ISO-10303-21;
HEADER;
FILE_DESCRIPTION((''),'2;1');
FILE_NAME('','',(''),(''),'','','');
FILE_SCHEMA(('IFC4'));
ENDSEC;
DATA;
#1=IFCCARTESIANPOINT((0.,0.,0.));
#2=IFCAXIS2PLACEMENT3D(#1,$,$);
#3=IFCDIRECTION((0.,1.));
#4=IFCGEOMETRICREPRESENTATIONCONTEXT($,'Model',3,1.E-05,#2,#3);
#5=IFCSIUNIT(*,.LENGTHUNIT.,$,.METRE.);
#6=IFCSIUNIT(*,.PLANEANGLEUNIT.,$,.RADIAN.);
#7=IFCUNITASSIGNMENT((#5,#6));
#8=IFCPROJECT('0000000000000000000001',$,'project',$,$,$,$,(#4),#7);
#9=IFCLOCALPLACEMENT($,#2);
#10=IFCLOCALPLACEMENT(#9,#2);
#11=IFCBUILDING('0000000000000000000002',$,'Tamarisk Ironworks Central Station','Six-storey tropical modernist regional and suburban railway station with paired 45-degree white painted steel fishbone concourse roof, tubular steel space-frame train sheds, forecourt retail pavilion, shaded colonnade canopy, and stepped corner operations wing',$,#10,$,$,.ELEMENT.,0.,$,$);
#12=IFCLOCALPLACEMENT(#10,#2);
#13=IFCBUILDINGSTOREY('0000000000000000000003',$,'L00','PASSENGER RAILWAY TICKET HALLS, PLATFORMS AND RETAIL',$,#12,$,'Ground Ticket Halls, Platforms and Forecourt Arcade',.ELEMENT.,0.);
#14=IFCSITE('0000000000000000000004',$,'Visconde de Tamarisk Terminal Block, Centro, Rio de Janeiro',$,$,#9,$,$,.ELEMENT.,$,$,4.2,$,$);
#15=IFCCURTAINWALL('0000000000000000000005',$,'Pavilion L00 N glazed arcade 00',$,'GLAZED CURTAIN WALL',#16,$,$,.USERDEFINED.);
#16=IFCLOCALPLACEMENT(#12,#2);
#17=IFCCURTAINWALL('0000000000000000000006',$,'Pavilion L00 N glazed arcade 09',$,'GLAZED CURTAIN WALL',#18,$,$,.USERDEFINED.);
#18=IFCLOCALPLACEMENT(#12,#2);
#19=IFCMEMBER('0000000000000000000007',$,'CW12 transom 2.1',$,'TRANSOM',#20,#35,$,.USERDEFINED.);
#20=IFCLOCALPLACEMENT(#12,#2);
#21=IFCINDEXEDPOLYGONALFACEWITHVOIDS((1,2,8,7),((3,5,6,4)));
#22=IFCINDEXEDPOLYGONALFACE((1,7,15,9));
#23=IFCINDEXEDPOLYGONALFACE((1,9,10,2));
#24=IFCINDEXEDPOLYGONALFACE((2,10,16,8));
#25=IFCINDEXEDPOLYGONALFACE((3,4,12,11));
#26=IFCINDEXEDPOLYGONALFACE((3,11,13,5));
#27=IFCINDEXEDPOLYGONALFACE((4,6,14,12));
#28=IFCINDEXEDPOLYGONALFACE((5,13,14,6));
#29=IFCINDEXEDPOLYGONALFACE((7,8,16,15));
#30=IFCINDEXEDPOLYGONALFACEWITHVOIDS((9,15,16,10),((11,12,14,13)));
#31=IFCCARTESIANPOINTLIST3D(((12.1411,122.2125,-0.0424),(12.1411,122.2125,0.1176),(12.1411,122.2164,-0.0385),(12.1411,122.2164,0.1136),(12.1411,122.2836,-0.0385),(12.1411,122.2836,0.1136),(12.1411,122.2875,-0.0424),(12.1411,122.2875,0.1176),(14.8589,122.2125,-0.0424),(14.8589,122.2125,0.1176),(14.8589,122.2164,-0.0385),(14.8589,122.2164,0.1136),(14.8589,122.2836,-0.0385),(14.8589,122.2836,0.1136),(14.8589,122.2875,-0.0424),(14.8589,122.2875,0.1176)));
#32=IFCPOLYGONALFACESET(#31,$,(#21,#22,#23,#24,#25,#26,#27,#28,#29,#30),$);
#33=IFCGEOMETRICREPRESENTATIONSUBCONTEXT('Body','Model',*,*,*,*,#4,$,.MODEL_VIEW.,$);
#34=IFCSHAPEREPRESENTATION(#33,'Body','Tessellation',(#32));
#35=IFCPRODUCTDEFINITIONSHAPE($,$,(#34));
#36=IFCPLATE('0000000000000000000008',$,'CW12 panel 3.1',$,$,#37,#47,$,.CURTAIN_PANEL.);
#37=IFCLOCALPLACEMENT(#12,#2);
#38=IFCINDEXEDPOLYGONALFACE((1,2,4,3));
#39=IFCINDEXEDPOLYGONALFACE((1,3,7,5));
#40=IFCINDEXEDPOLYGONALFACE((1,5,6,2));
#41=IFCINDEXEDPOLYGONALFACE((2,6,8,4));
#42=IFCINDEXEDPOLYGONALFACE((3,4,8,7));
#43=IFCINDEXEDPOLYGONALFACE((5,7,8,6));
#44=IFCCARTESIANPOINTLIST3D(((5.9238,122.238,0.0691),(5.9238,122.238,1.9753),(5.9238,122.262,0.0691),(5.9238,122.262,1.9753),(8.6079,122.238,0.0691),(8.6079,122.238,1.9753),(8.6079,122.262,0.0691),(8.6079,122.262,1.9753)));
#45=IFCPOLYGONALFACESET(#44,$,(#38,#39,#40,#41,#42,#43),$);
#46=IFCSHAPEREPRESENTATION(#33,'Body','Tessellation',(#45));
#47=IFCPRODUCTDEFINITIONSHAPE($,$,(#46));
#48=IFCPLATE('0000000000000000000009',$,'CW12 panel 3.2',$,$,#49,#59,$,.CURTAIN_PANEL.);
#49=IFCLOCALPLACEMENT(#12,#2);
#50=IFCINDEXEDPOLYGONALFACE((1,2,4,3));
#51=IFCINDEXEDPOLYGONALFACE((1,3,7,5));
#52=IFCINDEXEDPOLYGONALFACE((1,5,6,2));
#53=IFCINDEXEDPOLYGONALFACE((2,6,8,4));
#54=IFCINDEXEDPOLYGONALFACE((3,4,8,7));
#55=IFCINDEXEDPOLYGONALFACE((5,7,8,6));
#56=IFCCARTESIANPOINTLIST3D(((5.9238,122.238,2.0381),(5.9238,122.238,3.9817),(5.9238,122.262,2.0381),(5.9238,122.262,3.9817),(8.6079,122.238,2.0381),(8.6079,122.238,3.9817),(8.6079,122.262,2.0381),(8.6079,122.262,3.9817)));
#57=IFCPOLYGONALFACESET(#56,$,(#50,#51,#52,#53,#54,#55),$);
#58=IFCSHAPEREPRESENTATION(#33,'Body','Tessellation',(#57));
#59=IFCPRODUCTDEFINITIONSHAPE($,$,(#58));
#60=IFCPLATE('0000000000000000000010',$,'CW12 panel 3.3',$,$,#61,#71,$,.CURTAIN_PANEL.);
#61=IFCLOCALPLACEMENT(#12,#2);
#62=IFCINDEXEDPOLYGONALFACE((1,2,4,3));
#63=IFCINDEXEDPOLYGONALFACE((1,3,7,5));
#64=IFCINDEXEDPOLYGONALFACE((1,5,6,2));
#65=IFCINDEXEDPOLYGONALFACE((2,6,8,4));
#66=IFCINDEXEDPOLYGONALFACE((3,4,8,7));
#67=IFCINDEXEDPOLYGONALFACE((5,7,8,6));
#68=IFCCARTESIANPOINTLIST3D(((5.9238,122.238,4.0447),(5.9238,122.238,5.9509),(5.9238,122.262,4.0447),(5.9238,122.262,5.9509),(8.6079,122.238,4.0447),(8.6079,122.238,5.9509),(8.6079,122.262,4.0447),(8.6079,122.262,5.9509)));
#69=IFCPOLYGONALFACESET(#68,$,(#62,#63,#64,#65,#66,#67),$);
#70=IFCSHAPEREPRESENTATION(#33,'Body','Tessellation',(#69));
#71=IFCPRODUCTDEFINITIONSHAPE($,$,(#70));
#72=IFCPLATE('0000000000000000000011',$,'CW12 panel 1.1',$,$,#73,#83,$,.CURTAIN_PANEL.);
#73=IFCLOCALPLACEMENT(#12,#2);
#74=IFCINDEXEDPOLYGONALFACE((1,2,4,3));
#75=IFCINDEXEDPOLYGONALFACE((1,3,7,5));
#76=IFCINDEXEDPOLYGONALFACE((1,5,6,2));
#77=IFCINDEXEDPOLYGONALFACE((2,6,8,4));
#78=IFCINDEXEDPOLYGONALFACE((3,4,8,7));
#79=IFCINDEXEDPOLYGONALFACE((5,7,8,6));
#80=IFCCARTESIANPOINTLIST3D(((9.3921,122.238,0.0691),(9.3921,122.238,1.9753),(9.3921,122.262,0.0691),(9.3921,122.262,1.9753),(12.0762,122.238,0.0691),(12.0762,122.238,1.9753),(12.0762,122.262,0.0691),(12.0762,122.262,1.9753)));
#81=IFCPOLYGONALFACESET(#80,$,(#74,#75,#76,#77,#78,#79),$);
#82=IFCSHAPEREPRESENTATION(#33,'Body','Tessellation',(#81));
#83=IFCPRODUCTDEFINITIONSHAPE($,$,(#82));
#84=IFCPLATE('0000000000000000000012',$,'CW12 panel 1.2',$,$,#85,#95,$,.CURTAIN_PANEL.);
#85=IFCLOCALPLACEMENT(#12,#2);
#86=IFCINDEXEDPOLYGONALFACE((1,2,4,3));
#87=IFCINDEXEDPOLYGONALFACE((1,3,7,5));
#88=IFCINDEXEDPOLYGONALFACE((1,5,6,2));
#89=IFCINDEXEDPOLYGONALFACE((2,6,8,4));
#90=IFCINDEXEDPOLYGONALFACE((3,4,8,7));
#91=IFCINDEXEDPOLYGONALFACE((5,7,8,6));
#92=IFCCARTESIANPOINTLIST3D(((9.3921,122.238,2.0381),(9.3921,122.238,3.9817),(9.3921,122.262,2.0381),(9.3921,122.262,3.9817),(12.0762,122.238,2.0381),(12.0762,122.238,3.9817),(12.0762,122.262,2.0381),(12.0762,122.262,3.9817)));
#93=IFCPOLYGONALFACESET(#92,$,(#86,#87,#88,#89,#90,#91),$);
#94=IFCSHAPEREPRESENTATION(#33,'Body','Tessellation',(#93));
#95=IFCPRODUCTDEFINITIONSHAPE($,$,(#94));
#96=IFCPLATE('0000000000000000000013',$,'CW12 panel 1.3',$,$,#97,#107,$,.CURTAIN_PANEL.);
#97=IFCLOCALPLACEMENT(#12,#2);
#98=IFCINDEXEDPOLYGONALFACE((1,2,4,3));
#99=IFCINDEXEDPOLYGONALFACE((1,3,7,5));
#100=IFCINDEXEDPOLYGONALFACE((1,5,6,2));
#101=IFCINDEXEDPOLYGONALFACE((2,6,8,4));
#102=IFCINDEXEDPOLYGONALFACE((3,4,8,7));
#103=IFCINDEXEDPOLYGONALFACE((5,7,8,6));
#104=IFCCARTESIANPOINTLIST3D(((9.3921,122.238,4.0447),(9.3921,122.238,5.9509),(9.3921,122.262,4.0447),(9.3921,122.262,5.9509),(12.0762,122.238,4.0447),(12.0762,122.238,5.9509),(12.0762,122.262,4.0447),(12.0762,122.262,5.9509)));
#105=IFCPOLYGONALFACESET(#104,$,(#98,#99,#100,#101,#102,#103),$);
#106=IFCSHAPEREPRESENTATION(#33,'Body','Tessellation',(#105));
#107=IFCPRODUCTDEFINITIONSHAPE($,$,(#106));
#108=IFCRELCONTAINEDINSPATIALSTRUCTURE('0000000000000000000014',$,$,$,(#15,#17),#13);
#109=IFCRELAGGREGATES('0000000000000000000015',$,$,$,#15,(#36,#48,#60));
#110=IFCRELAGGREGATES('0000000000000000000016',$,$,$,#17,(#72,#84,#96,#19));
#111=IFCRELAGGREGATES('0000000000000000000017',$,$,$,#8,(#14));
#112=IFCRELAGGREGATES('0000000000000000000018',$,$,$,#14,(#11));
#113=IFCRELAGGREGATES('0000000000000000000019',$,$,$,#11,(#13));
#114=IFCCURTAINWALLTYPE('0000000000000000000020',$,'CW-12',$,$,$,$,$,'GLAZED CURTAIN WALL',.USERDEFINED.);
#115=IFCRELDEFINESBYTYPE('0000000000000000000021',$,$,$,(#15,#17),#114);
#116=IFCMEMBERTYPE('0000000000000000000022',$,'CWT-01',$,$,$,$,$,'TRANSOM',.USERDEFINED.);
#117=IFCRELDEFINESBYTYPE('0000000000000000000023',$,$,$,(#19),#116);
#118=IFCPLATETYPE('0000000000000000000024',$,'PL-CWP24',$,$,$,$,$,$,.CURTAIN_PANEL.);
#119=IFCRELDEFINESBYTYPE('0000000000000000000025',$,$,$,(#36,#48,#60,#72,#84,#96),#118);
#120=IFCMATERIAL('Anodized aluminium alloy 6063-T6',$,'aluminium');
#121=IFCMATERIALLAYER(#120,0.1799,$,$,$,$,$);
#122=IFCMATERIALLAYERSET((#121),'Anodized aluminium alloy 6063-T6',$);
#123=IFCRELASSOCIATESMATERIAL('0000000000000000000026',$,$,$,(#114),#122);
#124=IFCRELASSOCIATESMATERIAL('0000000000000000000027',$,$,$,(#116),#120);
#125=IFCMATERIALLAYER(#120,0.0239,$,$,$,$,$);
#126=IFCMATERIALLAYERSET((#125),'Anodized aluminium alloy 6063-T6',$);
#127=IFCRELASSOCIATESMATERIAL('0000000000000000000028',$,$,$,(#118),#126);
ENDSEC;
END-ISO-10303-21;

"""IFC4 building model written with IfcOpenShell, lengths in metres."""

from ifc_helpers import new_model, si_unit, direction, frame, origin, origin_2d, place, context, subcontext, project, spatial, rectangle, hollow_rectangle, extrude, material, layer, layer_set, material_profile, profile_set, type_object, element, aggregate, save


model = new_model("IFC4")

# Units and contexts
model_context = context("Model", 3, precision=1e-05, world=origin(), true_north=direction((0.0, 1.0)))
body_context = subcontext(model_context, "Body", "Model", "MODEL_VIEW")
ifc_project = project(units=[si_unit("LENGTHUNIT", "METRE"), si_unit("PLANEANGLEUNIT", "RADIAN")], contexts=[model_context])

# Site, building, storey
site_placement = place(None, origin())
site = spatial("IfcSite", under=ifc_project, at=site_placement, Name="Visconde de Tamarisk Terminal Block, Centro, Rio de Janeiro", CompositionType="ELEMENT", RefElevation=4.2)
building_placement = place(site_placement, origin())
building = spatial("IfcBuilding", under=site, at=building_placement, Name="Tamarisk Ironworks Central Station", Description="Six-storey tropical modernist regional and suburban railway station with paired 45-degree white painted steel fishbone concourse roof, tubular steel space-frame train sheds, forecourt retail pavilion, shaded colonnade canopy, and stepped corner operations wing", CompositionType="ELEMENT", ElevationOfRefHeight=0.0)
storey_placement = place(building_placement, origin())
storey = spatial("IfcBuildingStorey", under=building, at=storey_placement, Name="L00", Description="PASSENGER RAILWAY TICKET HALLS, PLATFORMS AND RETAIL", LongName="Ground Ticket Halls, Platforms and Forecourt Arcade", CompositionType="ELEMENT", Elevation=0.0)

# Curtain wall
ifc_material_1 = material(Name="Anodized aluminium alloy 6063-T6", Category="aluminium")
ifc_layer_1 = layer(ifc_material_1, 0.1799)
ifc_layer_set_1 = layer_set([ifc_layer_1], Name="Anodized aluminium alloy 6063-T6")
curtain_wall_type = type_object("IfcCurtainWallType", Name="CW-12", ElementType="GLAZED CURTAIN WALL", PredefinedType="USERDEFINED", material=ifc_layer_set_1)
curtain_wall_1_placement = place(storey_placement, origin())
curtain_wall_1 = element("IfcCurtainWall", 1, at=curtain_wall_1_placement, inside=storey, type_object=curtain_wall_type, Name="Pavilion L00 N glazed arcade 00", ObjectType="GLAZED CURTAIN WALL", PredefinedType="USERDEFINED")

# Curtain wall, member
curtain_wall_2_placement = place(storey_placement, origin())
curtain_wall_2 = element("IfcCurtainWall", 2, at=curtain_wall_2_placement, inside=storey, type_object=curtain_wall_type, Name="Pavilion L00 N glazed arcade 09", ObjectType="GLAZED CURTAIN WALL", PredefinedType="USERDEFINED")
ifc_material_profile_1 = material_profile(ifc_material_1, hollow_rectangle(XDim=0.075, YDim=0.1599, WallThickness=0.0039, at=origin_2d()), Name="ALUM 160x75")
ifc_profile_set_1 = profile_set([ifc_material_profile_1], Name="Anodized aluminium alloy 6063-T6")
member_type_1 = type_object("IfcMemberType", Name="CWT-01", ElementType="TRANSOM", PredefinedType="USERDEFINED", material=ifc_profile_set_1)
member_1_placement = place(storey_placement, frame((12.1411, 122.25, 0.0376), z_axis=(1.0, 0.0, 0.0), x_axis=(0.0, 1.0, 0.0)))
member_1 = element("IfcMember", 3, at=member_1_placement, type_object=member_type_1, Name="CW12 transom 2.1", ObjectType="TRANSOM", PredefinedType="USERDEFINED", context=body_context, shape_type="SweptSolid", body=[
    extrude(hollow_rectangle(XDim=0.075, YDim=0.1599, WallThickness=0.0039, at=origin_2d()), origin(), (0.0, 0.0, 1.0), 2.7178),
])

# Plates
ifc_layer_2 = layer(ifc_material_1, 0.0239)
ifc_layer_set_2 = layer_set([ifc_layer_2], Name="Anodized aluminium alloy 6063-T6")
plate_type = type_object("IfcPlateType", Name="PL-CWP24", PredefinedType="CURTAIN_PANEL", material=ifc_layer_set_2)
plate_1_placement = place(storey_placement, frame((7.2659, 122.25, 0.0691), z_axis=(0.0, 0.0, 1.0), x_axis=(1.0, 0.0, 0.0)))
plate_1 = element("IfcPlate", 4, at=plate_1_placement, type_object=plate_type, Name="CW12 panel 3.1", PredefinedType="CURTAIN_PANEL", context=body_context, shape_type="SweptSolid", body=[
    extrude(rectangle(XDim=2.6841, YDim=0.0239, at=origin_2d()), origin(), (0.0, 0.0, 1.0), 1.9062),
])
plate_2_placement = place(storey_placement, frame((7.2659, 122.25, 2.0381), z_axis=(0.0, 0.0, 1.0), x_axis=(1.0, 0.0, 0.0)))
plate_2 = element("IfcPlate", 5, at=plate_2_placement, type_object=plate_type, Name="CW12 panel 3.2", PredefinedType="CURTAIN_PANEL", context=body_context, shape_type="SweptSolid", body=[
    extrude(rectangle(XDim=2.6841, YDim=0.0239, at=origin_2d()), origin(), (0.0, 0.0, 1.0), 1.9436),
])
plate_3_placement = place(storey_placement, frame((7.2659, 122.25, 4.0447), z_axis=(0.0, 0.0, 1.0), x_axis=(1.0, 0.0, 0.0)))
plate_3 = element("IfcPlate", 6, at=plate_3_placement, type_object=plate_type, Name="CW12 panel 3.3", PredefinedType="CURTAIN_PANEL", context=body_context, shape_type="SweptSolid", body=[
    extrude(rectangle(XDim=2.6841, YDim=0.0239, at=origin_2d()), origin(), (0.0, 0.0, 1.0), 1.9062),
])
aggregate(curtain_wall_1, [plate_1, plate_2, plate_3])
plate_4_placement = place(storey_placement, frame((10.7341, 122.25, 0.0691), z_axis=(0.0, 0.0, 1.0), x_axis=(1.0, 0.0, 0.0)))
plate_4 = element("IfcPlate", 7, at=plate_4_placement, type_object=plate_type, Name="CW12 panel 1.1", PredefinedType="CURTAIN_PANEL", context=body_context, shape_type="SweptSolid", body=[
    extrude(rectangle(XDim=2.6841, YDim=0.0239, at=origin_2d()), origin(), (0.0, 0.0, 1.0), 1.9062),
])
plate_5_placement = place(storey_placement, frame((10.7341, 122.25, 2.0381), z_axis=(0.0, 0.0, 1.0), x_axis=(1.0, 0.0, 0.0)))
plate_5 = element("IfcPlate", 8, at=plate_5_placement, type_object=plate_type, Name="CW12 panel 1.2", PredefinedType="CURTAIN_PANEL", context=body_context, shape_type="SweptSolid", body=[
    extrude(rectangle(XDim=2.6841, YDim=0.0239, at=origin_2d()), origin(), (0.0, 0.0, 1.0), 1.9436),
])
plate_6_placement = place(storey_placement, frame((10.7341, 122.25, 4.0447), z_axis=(0.0, 0.0, 1.0), x_axis=(1.0, 0.0, 0.0)))
plate_6 = element("IfcPlate", 9, at=plate_6_placement, type_object=plate_type, Name="CW12 panel 1.3", PredefinedType="CURTAIN_PANEL", context=body_context, shape_type="SweptSolid", body=[
    extrude(rectangle(XDim=2.6841, YDim=0.0239, at=origin_2d()), origin(), (0.0, 0.0, 1.0), 1.9062),
])
aggregate(curtain_wall_2, [plate_4, plate_5, plate_6, member_1])

save(model, "model.ifc")
